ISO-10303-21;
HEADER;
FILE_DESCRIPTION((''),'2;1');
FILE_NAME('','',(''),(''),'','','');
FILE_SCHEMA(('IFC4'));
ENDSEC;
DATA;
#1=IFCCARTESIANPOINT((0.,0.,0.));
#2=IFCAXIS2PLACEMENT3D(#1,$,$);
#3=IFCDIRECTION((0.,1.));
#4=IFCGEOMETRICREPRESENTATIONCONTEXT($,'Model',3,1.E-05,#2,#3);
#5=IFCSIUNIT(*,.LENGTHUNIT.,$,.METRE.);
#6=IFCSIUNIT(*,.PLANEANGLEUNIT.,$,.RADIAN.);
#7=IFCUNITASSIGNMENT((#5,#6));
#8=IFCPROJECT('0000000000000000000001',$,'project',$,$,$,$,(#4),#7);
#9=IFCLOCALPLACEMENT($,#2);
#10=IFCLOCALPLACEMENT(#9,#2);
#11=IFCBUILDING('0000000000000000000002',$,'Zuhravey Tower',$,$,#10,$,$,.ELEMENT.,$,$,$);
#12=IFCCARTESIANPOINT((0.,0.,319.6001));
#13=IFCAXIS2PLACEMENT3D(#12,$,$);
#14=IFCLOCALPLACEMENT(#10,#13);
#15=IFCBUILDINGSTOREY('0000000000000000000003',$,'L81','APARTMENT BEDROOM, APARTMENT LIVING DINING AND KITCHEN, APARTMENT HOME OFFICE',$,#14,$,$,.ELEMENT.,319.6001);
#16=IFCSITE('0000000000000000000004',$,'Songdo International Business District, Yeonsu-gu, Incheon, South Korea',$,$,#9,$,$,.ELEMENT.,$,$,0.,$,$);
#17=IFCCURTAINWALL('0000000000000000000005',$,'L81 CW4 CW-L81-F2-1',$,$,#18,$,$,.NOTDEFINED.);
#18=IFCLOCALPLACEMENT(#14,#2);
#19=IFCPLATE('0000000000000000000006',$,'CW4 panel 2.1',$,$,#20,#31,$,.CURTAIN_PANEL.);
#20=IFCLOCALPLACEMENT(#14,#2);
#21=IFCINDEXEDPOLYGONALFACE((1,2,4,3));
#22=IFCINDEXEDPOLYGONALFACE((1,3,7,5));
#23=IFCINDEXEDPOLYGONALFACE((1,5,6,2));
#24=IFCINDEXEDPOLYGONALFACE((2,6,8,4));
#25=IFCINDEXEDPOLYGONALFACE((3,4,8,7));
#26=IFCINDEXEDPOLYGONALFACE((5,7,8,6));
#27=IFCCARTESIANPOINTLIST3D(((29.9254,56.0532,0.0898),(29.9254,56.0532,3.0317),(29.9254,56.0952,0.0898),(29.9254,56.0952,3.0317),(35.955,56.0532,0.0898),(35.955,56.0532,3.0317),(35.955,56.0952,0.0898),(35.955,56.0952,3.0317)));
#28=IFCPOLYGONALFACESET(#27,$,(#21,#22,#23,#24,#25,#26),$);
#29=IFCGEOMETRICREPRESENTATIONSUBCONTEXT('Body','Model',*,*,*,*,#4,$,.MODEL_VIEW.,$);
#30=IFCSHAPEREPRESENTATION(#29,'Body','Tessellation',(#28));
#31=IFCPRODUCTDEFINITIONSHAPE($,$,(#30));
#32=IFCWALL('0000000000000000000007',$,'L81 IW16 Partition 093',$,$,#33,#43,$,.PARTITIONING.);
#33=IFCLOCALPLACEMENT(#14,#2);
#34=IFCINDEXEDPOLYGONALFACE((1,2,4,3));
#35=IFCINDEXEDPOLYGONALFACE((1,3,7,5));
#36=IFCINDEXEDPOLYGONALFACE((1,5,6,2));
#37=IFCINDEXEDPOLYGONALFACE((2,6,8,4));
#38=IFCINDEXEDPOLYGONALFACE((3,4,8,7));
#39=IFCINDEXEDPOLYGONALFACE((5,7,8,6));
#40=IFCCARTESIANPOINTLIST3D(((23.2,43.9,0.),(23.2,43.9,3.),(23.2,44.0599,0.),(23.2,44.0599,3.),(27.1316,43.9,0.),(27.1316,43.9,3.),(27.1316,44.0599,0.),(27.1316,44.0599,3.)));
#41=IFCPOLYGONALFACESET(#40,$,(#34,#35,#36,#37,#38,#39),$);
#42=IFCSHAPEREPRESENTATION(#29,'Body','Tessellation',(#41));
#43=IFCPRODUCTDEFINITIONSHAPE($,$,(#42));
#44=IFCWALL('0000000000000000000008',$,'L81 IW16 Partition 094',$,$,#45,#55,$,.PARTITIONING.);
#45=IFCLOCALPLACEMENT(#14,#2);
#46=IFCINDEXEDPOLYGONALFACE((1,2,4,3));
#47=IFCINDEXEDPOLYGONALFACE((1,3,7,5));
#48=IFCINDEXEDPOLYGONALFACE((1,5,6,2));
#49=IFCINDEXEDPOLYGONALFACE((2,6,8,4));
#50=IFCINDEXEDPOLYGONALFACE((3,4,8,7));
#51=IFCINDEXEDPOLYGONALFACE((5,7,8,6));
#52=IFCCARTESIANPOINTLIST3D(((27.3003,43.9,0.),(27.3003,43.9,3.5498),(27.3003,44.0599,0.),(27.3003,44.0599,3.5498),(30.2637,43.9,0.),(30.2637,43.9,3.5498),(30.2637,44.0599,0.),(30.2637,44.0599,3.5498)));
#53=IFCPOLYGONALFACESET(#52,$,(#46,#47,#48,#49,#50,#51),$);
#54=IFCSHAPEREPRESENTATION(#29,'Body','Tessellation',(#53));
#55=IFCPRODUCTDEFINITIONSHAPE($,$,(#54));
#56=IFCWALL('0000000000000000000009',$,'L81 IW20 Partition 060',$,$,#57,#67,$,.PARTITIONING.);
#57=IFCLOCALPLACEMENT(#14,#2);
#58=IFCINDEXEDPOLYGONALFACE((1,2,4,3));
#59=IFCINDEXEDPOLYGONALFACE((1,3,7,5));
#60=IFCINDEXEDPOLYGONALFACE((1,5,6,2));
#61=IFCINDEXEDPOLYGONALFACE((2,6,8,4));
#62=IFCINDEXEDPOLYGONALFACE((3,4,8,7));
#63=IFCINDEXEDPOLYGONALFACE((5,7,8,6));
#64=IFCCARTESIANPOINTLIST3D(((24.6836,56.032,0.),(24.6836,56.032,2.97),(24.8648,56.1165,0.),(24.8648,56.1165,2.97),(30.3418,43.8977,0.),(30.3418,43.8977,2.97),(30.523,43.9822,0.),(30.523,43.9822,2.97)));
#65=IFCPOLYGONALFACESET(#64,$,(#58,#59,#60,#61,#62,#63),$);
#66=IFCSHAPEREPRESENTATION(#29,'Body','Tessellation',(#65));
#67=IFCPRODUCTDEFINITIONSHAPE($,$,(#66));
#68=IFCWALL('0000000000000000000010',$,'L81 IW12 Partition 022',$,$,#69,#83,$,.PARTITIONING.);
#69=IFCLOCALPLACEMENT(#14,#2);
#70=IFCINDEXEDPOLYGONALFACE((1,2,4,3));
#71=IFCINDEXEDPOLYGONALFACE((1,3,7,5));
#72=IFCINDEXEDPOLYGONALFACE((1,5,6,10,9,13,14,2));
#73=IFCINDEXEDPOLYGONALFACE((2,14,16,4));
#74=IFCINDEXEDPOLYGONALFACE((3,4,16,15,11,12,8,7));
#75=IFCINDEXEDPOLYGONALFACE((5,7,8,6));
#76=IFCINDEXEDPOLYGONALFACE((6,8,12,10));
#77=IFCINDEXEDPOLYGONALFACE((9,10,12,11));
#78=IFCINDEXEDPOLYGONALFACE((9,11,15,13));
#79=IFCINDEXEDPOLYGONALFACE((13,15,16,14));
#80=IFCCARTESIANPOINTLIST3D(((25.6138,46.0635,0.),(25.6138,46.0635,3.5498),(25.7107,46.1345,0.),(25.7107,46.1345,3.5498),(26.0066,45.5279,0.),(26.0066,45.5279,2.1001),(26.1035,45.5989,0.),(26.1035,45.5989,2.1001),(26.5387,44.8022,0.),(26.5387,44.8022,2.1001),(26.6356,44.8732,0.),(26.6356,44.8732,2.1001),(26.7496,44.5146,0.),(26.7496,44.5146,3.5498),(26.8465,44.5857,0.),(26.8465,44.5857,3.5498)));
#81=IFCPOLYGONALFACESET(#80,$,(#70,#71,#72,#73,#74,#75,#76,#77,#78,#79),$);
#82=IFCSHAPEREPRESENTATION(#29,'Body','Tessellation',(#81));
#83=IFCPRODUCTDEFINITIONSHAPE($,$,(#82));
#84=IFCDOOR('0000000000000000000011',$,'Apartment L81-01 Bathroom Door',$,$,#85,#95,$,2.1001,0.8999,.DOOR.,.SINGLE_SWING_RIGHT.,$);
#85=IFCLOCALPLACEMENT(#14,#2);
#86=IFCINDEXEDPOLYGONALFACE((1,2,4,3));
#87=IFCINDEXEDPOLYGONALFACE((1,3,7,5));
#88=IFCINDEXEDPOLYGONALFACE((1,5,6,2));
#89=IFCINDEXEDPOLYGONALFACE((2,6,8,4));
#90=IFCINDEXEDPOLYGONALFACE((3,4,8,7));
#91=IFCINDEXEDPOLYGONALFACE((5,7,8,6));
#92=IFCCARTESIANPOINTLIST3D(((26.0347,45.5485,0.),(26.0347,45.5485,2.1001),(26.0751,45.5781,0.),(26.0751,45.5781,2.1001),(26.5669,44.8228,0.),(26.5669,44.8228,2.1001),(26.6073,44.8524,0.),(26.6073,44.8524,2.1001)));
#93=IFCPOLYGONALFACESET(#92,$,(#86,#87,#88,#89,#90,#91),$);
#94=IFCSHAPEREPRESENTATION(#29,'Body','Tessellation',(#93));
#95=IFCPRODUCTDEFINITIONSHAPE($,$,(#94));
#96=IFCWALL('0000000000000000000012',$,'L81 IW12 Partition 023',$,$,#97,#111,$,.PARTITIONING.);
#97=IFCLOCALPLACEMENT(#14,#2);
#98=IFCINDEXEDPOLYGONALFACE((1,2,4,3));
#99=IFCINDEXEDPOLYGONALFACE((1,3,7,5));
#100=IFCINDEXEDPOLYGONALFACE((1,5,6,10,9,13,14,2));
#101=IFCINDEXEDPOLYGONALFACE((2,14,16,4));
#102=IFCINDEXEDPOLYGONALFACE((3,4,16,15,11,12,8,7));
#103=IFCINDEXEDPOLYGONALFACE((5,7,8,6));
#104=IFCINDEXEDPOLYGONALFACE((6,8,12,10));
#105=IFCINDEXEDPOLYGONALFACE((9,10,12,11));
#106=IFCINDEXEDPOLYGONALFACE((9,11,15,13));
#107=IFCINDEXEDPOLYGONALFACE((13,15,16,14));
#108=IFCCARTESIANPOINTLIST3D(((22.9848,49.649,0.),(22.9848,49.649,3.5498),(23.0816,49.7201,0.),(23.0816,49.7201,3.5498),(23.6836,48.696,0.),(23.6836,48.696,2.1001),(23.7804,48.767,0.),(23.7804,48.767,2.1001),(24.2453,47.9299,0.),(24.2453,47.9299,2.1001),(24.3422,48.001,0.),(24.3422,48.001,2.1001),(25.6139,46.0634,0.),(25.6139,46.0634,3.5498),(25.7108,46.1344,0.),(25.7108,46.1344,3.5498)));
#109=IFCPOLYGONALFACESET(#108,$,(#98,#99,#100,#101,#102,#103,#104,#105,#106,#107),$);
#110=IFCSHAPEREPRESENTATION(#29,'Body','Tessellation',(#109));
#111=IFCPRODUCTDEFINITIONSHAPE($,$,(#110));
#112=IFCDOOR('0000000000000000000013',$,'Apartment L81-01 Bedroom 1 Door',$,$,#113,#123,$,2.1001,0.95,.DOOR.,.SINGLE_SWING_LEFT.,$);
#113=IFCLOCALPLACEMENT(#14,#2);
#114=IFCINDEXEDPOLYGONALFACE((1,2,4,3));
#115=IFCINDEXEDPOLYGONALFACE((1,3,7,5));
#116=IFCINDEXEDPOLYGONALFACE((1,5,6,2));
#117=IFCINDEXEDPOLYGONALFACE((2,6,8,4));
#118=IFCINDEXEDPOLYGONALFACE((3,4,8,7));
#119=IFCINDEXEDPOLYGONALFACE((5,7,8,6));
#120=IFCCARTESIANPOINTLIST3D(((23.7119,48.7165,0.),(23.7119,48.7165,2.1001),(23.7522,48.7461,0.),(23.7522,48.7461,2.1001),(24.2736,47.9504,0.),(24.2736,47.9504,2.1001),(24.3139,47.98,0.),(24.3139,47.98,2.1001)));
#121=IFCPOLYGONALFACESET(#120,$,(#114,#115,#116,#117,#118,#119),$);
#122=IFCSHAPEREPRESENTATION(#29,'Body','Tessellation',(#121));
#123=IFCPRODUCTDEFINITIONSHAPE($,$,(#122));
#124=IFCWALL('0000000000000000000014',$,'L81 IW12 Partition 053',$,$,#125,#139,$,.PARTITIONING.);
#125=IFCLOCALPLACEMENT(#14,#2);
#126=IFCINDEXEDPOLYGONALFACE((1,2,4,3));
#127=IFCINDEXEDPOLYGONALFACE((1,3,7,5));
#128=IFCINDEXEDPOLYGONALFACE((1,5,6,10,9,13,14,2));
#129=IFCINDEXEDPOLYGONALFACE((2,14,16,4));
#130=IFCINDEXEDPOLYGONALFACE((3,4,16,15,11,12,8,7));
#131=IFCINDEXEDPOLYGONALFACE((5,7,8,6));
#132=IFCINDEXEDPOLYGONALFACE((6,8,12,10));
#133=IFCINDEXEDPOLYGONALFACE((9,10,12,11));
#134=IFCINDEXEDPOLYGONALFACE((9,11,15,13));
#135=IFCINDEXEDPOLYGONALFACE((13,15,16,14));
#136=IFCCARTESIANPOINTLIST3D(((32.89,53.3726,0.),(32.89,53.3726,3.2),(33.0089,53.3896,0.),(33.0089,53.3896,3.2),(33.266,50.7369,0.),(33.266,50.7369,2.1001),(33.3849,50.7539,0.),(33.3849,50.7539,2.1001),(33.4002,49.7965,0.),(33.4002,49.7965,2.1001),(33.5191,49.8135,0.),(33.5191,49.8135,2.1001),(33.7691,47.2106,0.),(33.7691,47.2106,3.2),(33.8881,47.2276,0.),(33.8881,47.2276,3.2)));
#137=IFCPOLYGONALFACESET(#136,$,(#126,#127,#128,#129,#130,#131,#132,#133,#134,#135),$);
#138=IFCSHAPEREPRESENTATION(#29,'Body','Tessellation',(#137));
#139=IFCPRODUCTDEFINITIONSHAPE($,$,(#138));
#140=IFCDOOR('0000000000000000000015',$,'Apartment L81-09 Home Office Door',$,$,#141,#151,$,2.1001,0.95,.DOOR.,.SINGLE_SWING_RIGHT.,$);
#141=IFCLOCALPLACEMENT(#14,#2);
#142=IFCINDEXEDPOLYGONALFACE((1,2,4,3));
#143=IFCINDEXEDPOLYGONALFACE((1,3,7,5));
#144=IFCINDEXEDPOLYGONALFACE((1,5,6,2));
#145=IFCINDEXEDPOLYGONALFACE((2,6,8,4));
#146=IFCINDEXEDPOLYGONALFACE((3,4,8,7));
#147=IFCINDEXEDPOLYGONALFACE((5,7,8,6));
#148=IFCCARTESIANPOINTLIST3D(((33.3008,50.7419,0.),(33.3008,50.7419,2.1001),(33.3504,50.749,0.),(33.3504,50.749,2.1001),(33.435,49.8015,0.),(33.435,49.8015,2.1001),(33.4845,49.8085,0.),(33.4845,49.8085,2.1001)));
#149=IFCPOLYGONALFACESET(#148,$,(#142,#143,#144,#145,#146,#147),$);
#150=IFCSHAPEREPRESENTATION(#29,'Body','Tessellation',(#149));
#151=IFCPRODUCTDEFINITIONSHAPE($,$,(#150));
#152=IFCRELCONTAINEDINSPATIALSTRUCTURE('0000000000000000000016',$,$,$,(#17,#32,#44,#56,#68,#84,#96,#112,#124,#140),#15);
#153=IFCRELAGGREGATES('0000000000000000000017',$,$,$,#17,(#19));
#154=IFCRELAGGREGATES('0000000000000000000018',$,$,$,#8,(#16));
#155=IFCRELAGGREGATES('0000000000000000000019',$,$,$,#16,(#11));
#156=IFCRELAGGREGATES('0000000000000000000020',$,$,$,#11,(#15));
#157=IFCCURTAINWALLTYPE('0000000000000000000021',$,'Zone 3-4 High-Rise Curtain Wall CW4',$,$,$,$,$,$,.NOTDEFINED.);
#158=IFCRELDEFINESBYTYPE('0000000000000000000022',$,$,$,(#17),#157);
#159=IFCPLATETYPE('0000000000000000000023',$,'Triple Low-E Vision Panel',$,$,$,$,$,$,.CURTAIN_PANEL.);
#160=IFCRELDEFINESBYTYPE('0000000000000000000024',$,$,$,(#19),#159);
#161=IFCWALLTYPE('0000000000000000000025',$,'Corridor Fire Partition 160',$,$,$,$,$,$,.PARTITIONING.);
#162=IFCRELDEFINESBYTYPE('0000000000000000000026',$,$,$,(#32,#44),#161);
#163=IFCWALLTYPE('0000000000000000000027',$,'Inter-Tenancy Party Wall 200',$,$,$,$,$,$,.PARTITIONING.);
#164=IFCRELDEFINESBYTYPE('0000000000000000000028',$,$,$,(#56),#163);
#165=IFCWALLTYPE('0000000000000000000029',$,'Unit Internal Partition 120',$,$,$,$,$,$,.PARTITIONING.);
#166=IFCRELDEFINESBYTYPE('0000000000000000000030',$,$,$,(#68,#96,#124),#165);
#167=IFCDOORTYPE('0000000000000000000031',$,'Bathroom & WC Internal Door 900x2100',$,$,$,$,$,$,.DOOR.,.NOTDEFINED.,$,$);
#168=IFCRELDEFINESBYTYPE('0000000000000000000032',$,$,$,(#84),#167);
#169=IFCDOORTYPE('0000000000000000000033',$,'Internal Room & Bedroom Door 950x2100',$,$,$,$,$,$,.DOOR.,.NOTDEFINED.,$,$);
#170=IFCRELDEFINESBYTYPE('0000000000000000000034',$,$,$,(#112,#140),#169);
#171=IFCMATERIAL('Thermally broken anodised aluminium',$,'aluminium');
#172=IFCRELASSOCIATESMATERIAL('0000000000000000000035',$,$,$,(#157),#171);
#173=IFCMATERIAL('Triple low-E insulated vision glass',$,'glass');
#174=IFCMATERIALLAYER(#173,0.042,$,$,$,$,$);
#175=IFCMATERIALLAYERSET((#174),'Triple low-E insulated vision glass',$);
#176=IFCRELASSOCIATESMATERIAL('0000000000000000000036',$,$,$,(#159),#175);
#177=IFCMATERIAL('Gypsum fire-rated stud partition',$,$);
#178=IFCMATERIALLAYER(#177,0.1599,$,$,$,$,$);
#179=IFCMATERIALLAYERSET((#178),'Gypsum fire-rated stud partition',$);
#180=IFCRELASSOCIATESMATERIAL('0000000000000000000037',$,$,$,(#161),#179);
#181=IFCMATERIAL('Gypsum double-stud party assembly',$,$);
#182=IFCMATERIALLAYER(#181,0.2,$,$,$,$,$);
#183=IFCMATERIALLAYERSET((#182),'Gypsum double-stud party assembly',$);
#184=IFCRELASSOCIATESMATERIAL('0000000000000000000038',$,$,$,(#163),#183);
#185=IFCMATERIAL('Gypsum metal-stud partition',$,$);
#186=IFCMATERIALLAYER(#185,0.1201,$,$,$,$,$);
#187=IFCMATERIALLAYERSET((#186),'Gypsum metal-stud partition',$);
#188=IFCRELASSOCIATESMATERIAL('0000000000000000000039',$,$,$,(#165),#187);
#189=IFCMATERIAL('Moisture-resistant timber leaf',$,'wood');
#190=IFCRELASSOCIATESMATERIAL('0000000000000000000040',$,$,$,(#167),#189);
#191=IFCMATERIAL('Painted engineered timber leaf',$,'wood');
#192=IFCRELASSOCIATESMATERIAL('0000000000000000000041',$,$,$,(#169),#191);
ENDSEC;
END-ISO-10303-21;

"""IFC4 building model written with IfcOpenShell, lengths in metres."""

from ifc_helpers import new_model, si_unit, direction, frame, frame_2d, origin, origin_2d, place, context, subcontext, project, spatial, rectangle, extrude, material, layer, layer_set, type_object, element, fill, aggregate, save


model = new_model("IFC4")

# Units and contexts
model_context = context("Model", 3, precision=1e-05, world=origin(), true_north=direction((0.0, 1.0)))
body_context = subcontext(model_context, "Body", "Model", "MODEL_VIEW")
ifc_project = project(units=[si_unit("LENGTHUNIT", "METRE"), si_unit("PLANEANGLEUNIT", "RADIAN")], contexts=[model_context])

# Site, building, storey
site_placement = place(None, origin())
site = spatial("IfcSite", under=ifc_project, at=site_placement, Name="Songdo International Business District, Yeonsu-gu, Incheon, South Korea", CompositionType="ELEMENT", RefElevation=0.0)
building_placement = place(site_placement, origin())
building = spatial("IfcBuilding", under=site, at=building_placement, Name="Zuhravey Tower", CompositionType="ELEMENT")
storey_placement = place(building_placement, frame((0.0, 0.0, 319.6001)))
storey = spatial("IfcBuildingStorey", under=building, at=storey_placement, Name="L81", Description="APARTMENT BEDROOM, APARTMENT LIVING DINING AND KITCHEN, APARTMENT HOME OFFICE", CompositionType="ELEMENT", Elevation=319.6001)

# Curtain wall
ifc_material_1 = material(Name="Thermally broken anodised aluminium", Category="aluminium")
curtain_wall_type = type_object("IfcCurtainWallType", Name="Zone 3-4 High-Rise Curtain Wall CW4", PredefinedType="NOTDEFINED", material=ifc_material_1)
curtain_wall_placement = place(storey_placement, origin())
curtain_wall = element("IfcCurtainWall", 1, at=curtain_wall_placement, inside=storey, type_object=curtain_wall_type, Name="L81 CW4 CW-L81-F2-1", PredefinedType="NOTDEFINED")

# Plate
ifc_material_2 = material(Name="Triple low-E insulated vision glass", Category="glass")
ifc_layer_1 = layer(ifc_material_2, 0.042)
ifc_layer_set_1 = layer_set([ifc_layer_1], Name="Triple low-E insulated vision glass")
plate_type = type_object("IfcPlateType", Name="Triple Low-E Vision Panel", PredefinedType="CURTAIN_PANEL", material=ifc_layer_set_1)
plate_1_placement = place(storey_placement, frame((32.9402, 56.0742, 0.0898), z_axis=(0.0, 0.0, 1.0), x_axis=(1.0, 0.0, 0.0)))
plate_1 = element("IfcPlate", 2, at=plate_1_placement, type_object=plate_type, Name="CW4 panel 2.1", PredefinedType="CURTAIN_PANEL", context=body_context, shape_type="SweptSolid", body=[
    extrude(rectangle(XDim=6.0295, YDim=0.042, at=origin_2d()), origin(), (0.0, 0.0, 1.0), 2.9419),
])
aggregate(curtain_wall, [plate_1])

# Walls
ifc_material_3 = material(Name="Gypsum fire-rated stud partition")
ifc_layer_2 = layer(ifc_material_3, 0.1599)
ifc_layer_set_2 = layer_set([ifc_layer_2], Name="Gypsum fire-rated stud partition")
wall_type_1 = type_object("IfcWallType", Name="Corridor Fire Partition 160", PredefinedType="PARTITIONING", material=ifc_layer_set_2)
wall_1_placement = place(storey_placement, frame((27.1316, 43.98, 0.0), z_axis=(0.0, 0.0, 1.0), x_axis=(-1.0, 0.0, 0.0)))
element("IfcWall", 3, at=wall_1_placement, inside=storey, type_object=wall_type_1, Name="L81 IW16 Partition 093", PredefinedType="PARTITIONING", context=body_context, shape_type="SweptSolid", body=[
    extrude(rectangle(XDim=3.9316, YDim=0.1599, at=frame_2d((1.9658, 0.0))), origin(), (0.0, 0.0, 1.0), 3.0),
])
wall_2_placement = place(storey_placement, frame((30.2637, 43.98, 0.0), z_axis=(0.0, 0.0, 1.0), x_axis=(-1.0, 0.0, 0.0)))
element("IfcWall", 4, at=wall_2_placement, inside=storey, type_object=wall_type_1, Name="L81 IW16 Partition 094", PredefinedType="PARTITIONING", context=body_context, shape_type="SweptSolid", body=[
    extrude(rectangle(XDim=2.9634, YDim=0.1599, at=frame_2d((1.4817, 0.0))), origin(), (0.0, 0.0, 1.0), 3.5498),
])
ifc_material_4 = material(Name="Gypsum double-stud party assembly")
ifc_layer_3 = layer(ifc_material_4, 0.2)
ifc_layer_set_3 = layer_set([ifc_layer_3], Name="Gypsum double-stud party assembly")
wall_type_2 = type_object("IfcWallType", Name="Inter-Tenancy Party Wall 200", PredefinedType="PARTITIONING", material=ifc_layer_set_3)
wall_3_placement = place(storey_placement, frame((30.4324, 43.9399, 0.0), z_axis=(0.0, 0.0, 1.0), x_axis=(-0.422612, 0.906311, 0.0)))
element("IfcWall", 5, at=wall_3_placement, inside=storey, type_object=wall_type_2, Name="L81 IW20 Partition 060", PredefinedType="PARTITIONING", context=body_context, shape_type="SweptSolid", body=[
    extrude(rectangle(XDim=13.3887, YDim=0.2, at=frame_2d((6.6943, 0.0))), origin(), (0.0, 0.0, 1.0), 2.97),
])

# Walls, openings, doors
ifc_material_5 = material(Name="Gypsum metal-stud partition")
ifc_layer_4 = layer(ifc_material_5, 0.1201)
ifc_layer_set_4 = layer_set([ifc_layer_4], Name="Gypsum metal-stud partition")
wall_type_3 = type_object("IfcWallType", Name="Unit Internal Partition 120", PredefinedType="PARTITIONING", material=ifc_layer_set_4)
wall_4_placement = place(storey_placement, frame((26.7981, 44.55, 0.0), z_axis=(0.0, 0.0, 1.0), x_axis=(-0.591342, 0.806421, 0.0)))
wall_4 = element("IfcWall", 6, at=wall_4_placement, inside=storey, type_object=wall_type_3, Name="L81 IW12 Partition 022", PredefinedType="PARTITIONING", context=body_context, shape_type="SweptSolid", body=[
    extrude(rectangle(XDim=1.9207, YDim=0.1201, at=frame_2d((0.9604, 0.0))), origin(), (0.0, 0.0, 1.0), 3.5498),
])
opening_1_placement = place(wall_4_placement, frame((0.3567, 0.0, 0.0)))
opening_1 = element("IfcOpeningElement", 7, at=opening_1_placement, cuts=wall_4, PredefinedType="OPENING", context=body_context, shape_type="SweptSolid", body=[
    extrude(rectangle(XDim=0.8999, YDim=2.1001, at=frame_2d((0.45, 1.05))), frame((0.0, 0.072, 0.0), z_axis=(0.0, -1.0, 0.0), x_axis=(1.0, 0.0, 0.0)), (0.0, 0.0, 1.0), 0.144),
])
ifc_material_6 = material(Name="Moisture-resistant timber leaf", Category="wood")
door_type_1 = type_object("IfcDoorType", Name="Bathroom & WC Internal Door 900x2100", OperationType="NOTDEFINED", PredefinedType="DOOR", material=ifc_material_6)
door_1_placement = place(opening_1_placement, frame((0.8999, 0.0, 0.0), z_axis=(0.0, 0.0, 1.0), x_axis=(-1.0, 0.0, 0.0)))
door_1 = element("IfcDoor", 8, at=door_1_placement, inside=storey, type_object=door_type_1, Name="Apartment L81-01 Bathroom Door", OperationType="SINGLE_SWING_RIGHT", OverallHeight=2.1001, OverallWidth=0.8999, PredefinedType="DOOR", context=body_context, shape_type="SweptSolid", body=[
    extrude(rectangle(XDim=0.8999, YDim=2.1001, at=frame_2d((0.45, 1.05))), frame((0.0, 0.0249, 0.0), z_axis=(0.0, -1.0, 0.0), x_axis=(1.0, 0.0, 0.0)), (0.0, 0.0, 1.0), 0.05),
])
fill(opening_1, door_1)
wall_5_placement = place(storey_placement, frame((25.6624, 46.0989, 0.0), z_axis=(0.0, 0.0, 1.0), x_axis=(-0.591311, 0.806443, 0.0)))
wall_5 = element("IfcWall", 9, at=wall_5_placement, inside=storey, type_object=wall_type_3, Name="L81 IW12 Partition 023", PredefinedType="PARTITIONING", context=body_context, shape_type="SweptSolid", body=[
    extrude(rectangle(XDim=4.4463, YDim=0.1201, at=frame_2d((2.2231, 0.0))), origin(), (0.0, 0.0, 1.0), 3.5498),
])
opening_2_placement = place(wall_5_placement, frame((2.3145, 0.0, 0.0)))
opening_2 = element("IfcOpeningElement", 10, at=opening_2_placement, cuts=wall_5, PredefinedType="OPENING", context=body_context, shape_type="SweptSolid", body=[
    extrude(rectangle(XDim=0.95, YDim=2.1001, at=frame_2d((0.4751, 1.05))), frame((0.0, 0.072, 0.0), z_axis=(0.0, -1.0, 0.0), x_axis=(1.0, 0.0, 0.0)), (0.0, 0.0, 1.0), 0.144),
])
ifc_material_7 = material(Name="Painted engineered timber leaf", Category="wood")
door_type_2 = type_object("IfcDoorType", Name="Internal Room & Bedroom Door 950x2100", OperationType="NOTDEFINED", PredefinedType="DOOR", material=ifc_material_7)
door_2_placement = place(opening_2_placement, frame((0.95, 0.0, 0.0), z_axis=(0.0, 0.0, 1.0), x_axis=(-1.0, 0.0, 0.0)))
door_2 = element("IfcDoor", 11, at=door_2_placement, inside=storey, type_object=door_type_2, Name="Apartment L81-01 Bedroom 1 Door", OperationType="SINGLE_SWING_LEFT", OverallHeight=2.1001, OverallWidth=0.95, PredefinedType="DOOR", context=body_context, shape_type="SweptSolid", body=[
    extrude(rectangle(XDim=0.95, YDim=2.1001, at=frame_2d((0.4751, 1.05))), frame((0.0, 0.0249, 0.0), z_axis=(0.0, -1.0, 0.0), x_axis=(1.0, 0.0, 0.0)), (0.0, 0.0, 1.0), 0.05),
])
fill(opening_2, door_2)
wall_6_placement = place(storey_placement, frame((33.8286, 47.219, 0.0), z_axis=(0.0, 0.0, 1.0), x_axis=(-0.141246, 0.989975, 0.0)))
wall_6 = element("IfcWall", 12, at=wall_6_placement, inside=storey, type_object=wall_type_3, Name="L81 IW12 Partition 053", PredefinedType="PARTITIONING", context=body_context, shape_type="SweptSolid", body=[
    extrude(rectangle(XDim=6.2244, YDim=0.1201, at=frame_2d((3.1123, 0.0))), origin(), (0.0, 0.0, 1.0), 3.2),
])
opening_3_placement = place(wall_6_placement, frame((2.6121, 0.0, 0.0)))
opening_3 = element("IfcOpeningElement", 13, at=opening_3_placement, cuts=wall_6, PredefinedType="OPENING", context=body_context, shape_type="SweptSolid", body=[
    extrude(rectangle(XDim=0.95, YDim=2.1001, at=frame_2d((0.4751, 1.05))), frame((0.0, 0.072, 0.0), z_axis=(0.0, -1.0, 0.0), x_axis=(1.0, 0.0, 0.0)), (0.0, 0.0, 1.0), 0.144),
])
door_3_placement = place(opening_3_placement, origin())
door_3 = element("IfcDoor", 14, at=door_3_placement, inside=storey, type_object=door_type_2, Name="Apartment L81-09 Home Office Door", OperationType="SINGLE_SWING_RIGHT", OverallHeight=2.1001, OverallWidth=0.95, PredefinedType="DOOR", context=body_context, shape_type="SweptSolid", body=[
    extrude(rectangle(XDim=0.95, YDim=2.1001, at=frame_2d((0.4751, 1.05))), frame((0.0, 0.0249, 0.0), z_axis=(0.0, -1.0, 0.0), x_axis=(1.0, 0.0, 0.0)), (0.0, 0.0, 1.0), 0.05),
])
fill(opening_3, door_3)

save(model, "model.ifc")
